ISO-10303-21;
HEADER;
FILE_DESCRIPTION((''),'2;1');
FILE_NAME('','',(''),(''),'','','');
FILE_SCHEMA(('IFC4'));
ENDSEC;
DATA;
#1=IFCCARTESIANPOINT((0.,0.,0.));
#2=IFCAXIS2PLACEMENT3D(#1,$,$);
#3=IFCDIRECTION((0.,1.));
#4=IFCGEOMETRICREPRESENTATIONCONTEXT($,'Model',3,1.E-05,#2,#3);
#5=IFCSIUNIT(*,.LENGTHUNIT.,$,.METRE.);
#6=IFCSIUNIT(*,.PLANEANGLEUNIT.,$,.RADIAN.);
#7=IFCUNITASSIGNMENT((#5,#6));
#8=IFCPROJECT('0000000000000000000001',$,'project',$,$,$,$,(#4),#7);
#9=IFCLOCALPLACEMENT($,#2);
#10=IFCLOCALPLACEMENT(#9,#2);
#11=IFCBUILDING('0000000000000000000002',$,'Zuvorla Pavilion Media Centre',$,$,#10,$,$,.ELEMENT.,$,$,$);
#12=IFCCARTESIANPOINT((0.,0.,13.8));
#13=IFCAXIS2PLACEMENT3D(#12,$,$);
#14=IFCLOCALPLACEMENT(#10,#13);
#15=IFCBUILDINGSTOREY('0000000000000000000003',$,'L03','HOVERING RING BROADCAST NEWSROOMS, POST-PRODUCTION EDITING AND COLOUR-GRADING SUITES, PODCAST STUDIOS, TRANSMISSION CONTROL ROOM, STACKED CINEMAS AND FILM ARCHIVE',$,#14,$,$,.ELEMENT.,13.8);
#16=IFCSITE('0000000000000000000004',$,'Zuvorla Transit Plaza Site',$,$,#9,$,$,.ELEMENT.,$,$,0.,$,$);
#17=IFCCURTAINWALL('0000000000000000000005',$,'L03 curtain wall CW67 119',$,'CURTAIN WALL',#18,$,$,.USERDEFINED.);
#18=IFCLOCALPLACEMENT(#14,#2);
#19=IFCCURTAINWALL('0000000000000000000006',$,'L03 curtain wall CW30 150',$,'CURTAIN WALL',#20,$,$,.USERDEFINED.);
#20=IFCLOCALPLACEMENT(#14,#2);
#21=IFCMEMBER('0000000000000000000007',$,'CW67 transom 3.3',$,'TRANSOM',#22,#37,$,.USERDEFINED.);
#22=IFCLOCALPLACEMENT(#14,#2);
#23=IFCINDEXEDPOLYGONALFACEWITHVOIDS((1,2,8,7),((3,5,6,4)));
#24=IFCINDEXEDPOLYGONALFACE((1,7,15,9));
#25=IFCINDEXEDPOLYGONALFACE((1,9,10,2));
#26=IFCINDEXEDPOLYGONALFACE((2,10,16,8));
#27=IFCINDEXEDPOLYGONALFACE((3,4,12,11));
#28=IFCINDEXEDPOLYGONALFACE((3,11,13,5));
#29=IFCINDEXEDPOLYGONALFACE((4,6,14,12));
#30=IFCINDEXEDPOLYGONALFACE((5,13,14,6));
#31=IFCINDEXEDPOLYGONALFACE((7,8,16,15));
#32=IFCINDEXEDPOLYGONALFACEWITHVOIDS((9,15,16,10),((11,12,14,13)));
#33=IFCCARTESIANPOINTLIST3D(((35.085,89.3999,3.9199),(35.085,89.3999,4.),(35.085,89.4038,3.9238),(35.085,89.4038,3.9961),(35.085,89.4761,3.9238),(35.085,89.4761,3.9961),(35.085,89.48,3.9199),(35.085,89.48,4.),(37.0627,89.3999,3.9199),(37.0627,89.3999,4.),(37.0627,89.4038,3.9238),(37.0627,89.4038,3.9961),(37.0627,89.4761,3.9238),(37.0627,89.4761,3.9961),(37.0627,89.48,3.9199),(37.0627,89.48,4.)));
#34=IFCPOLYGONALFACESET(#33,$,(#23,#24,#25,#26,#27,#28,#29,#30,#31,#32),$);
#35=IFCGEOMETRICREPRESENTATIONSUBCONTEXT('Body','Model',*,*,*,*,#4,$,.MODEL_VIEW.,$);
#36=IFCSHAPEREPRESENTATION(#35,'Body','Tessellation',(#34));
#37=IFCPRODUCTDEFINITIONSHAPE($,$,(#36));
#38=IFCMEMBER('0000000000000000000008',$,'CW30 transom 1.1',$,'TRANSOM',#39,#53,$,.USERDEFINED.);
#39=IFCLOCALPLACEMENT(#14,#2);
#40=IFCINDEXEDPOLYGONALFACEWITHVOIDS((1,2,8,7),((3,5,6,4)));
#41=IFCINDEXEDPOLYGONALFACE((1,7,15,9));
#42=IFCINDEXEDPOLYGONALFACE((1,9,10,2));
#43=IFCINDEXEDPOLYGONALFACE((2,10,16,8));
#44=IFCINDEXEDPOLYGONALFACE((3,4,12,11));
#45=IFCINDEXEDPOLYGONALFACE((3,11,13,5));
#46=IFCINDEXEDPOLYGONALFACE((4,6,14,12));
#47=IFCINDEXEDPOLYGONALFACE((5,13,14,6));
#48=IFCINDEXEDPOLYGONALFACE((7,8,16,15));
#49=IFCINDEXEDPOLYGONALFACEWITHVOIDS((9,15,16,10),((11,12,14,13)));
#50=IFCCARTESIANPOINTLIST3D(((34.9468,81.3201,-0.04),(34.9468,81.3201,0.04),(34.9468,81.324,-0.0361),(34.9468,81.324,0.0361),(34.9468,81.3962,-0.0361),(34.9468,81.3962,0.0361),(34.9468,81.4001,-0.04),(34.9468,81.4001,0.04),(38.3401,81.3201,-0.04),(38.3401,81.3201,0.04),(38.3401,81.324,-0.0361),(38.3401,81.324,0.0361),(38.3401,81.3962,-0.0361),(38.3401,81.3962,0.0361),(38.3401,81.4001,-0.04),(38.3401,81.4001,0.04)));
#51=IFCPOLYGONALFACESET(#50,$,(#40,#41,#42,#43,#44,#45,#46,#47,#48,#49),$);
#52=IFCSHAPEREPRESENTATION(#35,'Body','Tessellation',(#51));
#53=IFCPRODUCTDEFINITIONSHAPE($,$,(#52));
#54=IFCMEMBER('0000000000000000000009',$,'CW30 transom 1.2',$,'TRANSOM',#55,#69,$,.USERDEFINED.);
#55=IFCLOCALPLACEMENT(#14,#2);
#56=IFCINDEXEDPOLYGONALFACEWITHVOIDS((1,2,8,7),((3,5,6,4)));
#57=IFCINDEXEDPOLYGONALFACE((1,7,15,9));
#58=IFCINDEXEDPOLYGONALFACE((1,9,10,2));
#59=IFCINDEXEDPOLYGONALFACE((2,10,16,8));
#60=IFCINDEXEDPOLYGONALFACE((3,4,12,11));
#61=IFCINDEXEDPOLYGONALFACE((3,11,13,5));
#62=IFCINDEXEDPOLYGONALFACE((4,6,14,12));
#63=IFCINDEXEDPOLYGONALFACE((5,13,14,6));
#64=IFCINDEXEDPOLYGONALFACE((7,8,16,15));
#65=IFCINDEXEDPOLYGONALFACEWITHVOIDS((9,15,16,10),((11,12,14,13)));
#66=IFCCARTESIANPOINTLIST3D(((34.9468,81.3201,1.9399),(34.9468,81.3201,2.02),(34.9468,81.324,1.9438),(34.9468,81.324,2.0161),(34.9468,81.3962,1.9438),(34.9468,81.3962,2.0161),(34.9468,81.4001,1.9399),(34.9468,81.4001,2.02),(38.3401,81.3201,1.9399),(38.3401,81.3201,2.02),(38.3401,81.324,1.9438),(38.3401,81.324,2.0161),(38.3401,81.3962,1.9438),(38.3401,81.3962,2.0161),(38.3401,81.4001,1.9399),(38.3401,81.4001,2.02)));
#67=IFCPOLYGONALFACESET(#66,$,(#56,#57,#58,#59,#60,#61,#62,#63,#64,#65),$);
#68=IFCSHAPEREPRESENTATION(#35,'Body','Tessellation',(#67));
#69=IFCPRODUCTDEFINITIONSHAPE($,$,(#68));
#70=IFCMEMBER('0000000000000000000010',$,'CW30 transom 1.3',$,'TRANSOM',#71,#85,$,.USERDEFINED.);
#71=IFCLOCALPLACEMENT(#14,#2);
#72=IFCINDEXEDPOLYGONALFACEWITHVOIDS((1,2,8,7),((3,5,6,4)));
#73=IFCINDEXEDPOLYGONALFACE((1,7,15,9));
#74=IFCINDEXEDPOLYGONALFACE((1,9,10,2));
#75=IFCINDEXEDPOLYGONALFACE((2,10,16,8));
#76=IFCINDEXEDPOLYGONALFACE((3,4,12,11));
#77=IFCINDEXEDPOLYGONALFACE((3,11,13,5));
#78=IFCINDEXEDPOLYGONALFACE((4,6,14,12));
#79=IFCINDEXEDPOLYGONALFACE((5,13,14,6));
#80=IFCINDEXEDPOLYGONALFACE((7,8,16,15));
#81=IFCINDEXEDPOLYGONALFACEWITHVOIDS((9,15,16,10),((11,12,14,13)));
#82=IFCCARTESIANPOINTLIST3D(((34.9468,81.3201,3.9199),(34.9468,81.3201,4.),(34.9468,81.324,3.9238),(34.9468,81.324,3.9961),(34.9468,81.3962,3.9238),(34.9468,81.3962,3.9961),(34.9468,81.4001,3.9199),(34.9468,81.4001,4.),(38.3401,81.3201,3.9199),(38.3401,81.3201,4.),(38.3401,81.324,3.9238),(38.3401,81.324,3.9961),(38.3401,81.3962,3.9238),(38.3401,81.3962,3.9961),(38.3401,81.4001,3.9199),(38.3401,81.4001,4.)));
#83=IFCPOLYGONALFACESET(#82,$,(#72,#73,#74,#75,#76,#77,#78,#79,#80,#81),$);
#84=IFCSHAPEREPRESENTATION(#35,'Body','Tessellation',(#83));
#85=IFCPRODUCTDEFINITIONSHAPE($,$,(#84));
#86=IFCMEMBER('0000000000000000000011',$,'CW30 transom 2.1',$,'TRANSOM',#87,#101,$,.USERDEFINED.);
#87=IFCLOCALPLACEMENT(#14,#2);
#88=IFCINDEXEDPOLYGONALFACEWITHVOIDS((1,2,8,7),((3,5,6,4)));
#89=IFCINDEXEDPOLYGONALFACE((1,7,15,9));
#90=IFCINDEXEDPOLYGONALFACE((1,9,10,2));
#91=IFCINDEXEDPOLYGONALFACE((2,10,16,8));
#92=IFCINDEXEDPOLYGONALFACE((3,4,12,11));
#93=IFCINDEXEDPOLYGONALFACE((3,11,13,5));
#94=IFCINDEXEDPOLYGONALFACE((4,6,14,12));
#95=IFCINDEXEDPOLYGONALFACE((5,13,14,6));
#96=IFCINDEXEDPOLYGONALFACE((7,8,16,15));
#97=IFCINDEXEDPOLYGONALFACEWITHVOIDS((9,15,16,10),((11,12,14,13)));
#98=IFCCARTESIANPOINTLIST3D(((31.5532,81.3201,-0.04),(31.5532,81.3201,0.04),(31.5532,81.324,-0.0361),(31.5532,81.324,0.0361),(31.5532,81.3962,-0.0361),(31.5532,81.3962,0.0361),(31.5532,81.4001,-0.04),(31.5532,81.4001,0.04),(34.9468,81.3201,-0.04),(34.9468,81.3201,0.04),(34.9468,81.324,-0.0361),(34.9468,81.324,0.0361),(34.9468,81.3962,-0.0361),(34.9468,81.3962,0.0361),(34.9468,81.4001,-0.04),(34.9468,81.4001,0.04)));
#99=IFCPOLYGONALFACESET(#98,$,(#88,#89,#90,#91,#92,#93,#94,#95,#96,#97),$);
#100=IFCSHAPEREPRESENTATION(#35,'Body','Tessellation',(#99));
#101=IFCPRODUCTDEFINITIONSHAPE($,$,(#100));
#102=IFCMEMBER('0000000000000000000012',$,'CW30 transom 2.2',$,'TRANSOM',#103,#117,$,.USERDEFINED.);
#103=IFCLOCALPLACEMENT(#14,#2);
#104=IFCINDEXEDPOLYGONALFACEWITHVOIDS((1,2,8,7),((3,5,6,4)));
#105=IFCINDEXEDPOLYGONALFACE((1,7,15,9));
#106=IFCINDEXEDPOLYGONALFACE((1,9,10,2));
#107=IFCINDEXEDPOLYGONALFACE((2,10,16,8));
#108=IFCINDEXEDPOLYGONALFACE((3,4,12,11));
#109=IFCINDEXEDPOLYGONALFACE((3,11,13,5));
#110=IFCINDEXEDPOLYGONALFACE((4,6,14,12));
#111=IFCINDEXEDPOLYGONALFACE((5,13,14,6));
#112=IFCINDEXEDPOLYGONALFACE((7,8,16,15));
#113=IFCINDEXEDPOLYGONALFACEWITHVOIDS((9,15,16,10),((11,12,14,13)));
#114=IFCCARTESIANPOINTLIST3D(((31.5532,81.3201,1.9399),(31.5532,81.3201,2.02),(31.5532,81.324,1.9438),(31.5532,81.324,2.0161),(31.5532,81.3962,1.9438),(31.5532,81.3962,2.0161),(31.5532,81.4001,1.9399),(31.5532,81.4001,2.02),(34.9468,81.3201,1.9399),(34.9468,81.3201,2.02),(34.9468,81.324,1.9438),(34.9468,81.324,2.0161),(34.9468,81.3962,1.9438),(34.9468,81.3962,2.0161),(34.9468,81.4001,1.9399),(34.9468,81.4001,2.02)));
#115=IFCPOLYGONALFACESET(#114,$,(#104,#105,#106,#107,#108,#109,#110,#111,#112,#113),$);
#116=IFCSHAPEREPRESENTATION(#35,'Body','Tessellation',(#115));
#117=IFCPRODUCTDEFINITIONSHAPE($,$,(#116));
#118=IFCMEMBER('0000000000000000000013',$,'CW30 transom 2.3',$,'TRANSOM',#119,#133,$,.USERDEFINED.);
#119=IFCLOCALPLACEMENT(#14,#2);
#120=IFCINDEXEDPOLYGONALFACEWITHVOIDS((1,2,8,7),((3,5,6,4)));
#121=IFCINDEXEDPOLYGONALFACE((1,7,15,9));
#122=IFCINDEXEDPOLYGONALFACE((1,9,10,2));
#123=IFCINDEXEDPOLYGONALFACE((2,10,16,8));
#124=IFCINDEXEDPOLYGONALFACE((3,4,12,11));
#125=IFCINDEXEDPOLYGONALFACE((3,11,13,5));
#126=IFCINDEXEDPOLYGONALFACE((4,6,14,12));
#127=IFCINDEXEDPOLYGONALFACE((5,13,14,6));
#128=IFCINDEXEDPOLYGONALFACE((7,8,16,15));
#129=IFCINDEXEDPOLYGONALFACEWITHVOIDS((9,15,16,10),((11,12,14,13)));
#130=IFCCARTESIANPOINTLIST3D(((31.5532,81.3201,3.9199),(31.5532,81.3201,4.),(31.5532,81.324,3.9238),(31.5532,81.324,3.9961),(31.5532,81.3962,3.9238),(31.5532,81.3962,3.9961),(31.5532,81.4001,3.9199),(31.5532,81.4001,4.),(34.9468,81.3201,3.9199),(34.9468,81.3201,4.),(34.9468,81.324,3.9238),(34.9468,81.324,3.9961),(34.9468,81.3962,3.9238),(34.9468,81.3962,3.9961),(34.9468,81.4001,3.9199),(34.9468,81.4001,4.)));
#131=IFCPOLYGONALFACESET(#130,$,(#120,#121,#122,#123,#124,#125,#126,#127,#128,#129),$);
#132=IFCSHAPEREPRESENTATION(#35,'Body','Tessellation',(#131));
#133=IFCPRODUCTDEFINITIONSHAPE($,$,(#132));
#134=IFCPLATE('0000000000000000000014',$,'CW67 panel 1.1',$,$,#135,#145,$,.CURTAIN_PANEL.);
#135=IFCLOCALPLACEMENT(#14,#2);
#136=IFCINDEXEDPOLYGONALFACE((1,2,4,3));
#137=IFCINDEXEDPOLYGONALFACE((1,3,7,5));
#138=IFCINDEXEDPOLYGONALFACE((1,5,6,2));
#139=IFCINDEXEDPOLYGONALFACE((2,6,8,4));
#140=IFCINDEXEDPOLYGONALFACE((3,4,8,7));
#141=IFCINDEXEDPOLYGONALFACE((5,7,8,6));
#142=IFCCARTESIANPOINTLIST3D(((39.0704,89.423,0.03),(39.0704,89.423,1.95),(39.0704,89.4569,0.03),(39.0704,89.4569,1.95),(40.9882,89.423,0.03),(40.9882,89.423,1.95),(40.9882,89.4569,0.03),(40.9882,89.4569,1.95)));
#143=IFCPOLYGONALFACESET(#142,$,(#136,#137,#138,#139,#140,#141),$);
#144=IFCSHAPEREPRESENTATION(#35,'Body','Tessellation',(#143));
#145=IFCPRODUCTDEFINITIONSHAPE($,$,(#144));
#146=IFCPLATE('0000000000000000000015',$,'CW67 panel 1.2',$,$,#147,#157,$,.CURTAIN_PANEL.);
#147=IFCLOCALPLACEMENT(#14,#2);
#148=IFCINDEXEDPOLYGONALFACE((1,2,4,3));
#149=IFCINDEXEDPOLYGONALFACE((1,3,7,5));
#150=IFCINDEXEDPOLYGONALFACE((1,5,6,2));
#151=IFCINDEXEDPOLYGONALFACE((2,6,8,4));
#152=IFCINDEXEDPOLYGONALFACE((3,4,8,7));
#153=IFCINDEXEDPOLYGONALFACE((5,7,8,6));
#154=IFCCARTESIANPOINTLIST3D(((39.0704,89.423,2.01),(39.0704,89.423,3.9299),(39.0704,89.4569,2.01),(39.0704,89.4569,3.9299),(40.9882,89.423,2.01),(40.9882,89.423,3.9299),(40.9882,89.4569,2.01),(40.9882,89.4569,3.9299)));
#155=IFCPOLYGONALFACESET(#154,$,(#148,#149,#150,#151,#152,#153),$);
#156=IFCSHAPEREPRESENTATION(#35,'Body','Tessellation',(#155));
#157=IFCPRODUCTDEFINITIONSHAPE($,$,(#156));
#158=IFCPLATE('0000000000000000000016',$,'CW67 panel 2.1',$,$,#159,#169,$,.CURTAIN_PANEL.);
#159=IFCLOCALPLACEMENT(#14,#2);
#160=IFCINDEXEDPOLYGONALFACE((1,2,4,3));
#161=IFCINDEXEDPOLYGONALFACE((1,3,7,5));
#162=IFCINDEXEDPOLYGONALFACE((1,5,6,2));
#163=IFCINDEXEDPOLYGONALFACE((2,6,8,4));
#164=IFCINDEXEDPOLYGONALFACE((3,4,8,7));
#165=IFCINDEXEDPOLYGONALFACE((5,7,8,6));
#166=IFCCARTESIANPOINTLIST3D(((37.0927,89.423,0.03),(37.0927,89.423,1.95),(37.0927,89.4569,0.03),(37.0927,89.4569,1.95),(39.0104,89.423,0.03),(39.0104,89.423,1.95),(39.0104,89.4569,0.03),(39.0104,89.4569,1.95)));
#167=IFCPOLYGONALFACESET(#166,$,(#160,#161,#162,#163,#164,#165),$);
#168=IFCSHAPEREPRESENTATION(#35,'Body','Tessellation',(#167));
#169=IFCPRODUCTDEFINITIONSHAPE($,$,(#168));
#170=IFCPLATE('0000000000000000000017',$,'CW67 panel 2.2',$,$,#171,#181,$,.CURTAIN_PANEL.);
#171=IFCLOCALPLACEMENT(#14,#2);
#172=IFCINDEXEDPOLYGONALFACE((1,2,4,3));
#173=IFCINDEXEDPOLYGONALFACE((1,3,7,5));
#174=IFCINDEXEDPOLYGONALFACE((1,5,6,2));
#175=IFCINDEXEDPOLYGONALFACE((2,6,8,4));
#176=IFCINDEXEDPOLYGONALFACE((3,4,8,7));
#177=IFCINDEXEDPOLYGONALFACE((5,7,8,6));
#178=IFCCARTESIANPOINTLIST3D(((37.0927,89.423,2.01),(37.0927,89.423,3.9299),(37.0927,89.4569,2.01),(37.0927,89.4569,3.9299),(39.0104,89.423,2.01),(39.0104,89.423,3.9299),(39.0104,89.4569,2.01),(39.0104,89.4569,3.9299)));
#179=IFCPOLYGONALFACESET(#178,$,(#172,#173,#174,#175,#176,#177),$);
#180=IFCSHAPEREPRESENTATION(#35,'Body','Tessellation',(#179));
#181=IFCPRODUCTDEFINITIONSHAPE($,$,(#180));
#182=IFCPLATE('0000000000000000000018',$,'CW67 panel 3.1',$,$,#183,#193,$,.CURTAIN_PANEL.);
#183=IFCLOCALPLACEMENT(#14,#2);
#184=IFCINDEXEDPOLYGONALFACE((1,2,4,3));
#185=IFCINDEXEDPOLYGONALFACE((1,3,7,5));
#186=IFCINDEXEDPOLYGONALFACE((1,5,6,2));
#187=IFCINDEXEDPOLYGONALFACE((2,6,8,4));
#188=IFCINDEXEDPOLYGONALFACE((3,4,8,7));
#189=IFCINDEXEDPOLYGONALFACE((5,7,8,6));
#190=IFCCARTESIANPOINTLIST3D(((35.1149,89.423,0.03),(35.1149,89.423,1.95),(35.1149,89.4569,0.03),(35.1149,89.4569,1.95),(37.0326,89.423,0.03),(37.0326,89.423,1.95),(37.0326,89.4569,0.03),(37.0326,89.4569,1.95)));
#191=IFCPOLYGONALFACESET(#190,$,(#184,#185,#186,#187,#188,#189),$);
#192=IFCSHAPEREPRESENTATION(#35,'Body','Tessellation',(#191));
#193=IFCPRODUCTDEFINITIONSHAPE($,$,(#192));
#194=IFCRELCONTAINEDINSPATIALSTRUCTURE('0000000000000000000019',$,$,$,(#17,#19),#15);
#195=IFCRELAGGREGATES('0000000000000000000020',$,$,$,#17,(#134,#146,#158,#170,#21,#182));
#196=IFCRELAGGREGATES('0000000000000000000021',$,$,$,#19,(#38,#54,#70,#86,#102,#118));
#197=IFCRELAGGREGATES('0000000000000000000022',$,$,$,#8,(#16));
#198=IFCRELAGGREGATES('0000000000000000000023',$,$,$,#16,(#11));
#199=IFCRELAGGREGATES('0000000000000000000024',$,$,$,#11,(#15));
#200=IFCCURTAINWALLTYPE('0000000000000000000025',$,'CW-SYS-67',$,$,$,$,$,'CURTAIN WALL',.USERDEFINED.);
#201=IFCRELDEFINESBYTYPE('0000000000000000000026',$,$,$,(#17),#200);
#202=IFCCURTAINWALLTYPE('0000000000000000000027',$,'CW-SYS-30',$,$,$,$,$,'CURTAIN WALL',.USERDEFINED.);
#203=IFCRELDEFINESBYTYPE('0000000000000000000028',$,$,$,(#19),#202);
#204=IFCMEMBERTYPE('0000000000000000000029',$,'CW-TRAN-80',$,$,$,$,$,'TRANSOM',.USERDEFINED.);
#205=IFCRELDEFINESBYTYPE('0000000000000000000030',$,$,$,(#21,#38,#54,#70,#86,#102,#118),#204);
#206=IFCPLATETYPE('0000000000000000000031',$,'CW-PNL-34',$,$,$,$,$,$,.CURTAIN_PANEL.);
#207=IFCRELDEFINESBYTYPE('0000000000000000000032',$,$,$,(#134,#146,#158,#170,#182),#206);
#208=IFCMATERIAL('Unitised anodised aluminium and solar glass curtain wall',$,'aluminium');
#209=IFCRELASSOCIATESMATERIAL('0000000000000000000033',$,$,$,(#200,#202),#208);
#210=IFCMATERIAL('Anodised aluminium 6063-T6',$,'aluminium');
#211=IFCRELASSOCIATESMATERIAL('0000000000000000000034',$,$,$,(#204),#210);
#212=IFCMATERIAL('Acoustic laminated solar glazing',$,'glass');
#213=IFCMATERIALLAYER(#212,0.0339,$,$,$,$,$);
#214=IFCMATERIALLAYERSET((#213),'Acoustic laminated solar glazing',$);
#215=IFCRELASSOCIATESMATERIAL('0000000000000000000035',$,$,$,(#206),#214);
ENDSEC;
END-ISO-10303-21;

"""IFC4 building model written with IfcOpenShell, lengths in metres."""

from ifc_helpers import new_model, si_unit, direction, frame, origin, origin_2d, place, context, subcontext, project, spatial, rectangle, hollow_rectangle, extrude, material, layer, layer_set, material_profile, profile_set, type_object, element, aggregate, save


model = new_model("IFC4")

# Units and contexts
model_context = context("Model", 3, precision=1e-05, world=origin(), true_north=direction((0.0, 1.0)))
body_context = subcontext(model_context, "Body", "Model", "MODEL_VIEW")
ifc_project = project(units=[si_unit("LENGTHUNIT", "METRE"), si_unit("PLANEANGLEUNIT", "RADIAN")], contexts=[model_context])

# Site, building, storey
site_placement = place(None, origin())
site = spatial("IfcSite", under=ifc_project, at=site_placement, Name="Zuvorla Transit Plaza Site", CompositionType="ELEMENT", RefElevation=0.0)
building_placement = place(site_placement, origin())
building = spatial("IfcBuilding", under=site, at=building_placement, Name="Zuvorla Pavilion Media Centre", CompositionType="ELEMENT")
storey_placement = place(building_placement, frame((0.0, 0.0, 13.8)))
storey = spatial("IfcBuildingStorey", under=building, at=storey_placement, Name="L03", Description="HOVERING RING BROADCAST NEWSROOMS, POST-PRODUCTION EDITING AND COLOUR-GRADING SUITES, PODCAST STUDIOS, TRANSMISSION CONTROL ROOM, STACKED CINEMAS AND FILM ARCHIVE", CompositionType="ELEMENT", Elevation=13.8)

# Curtain walls
ifc_material_1 = material(Name="Unitised anodised aluminium and solar glass curtain wall", Category="aluminium")
curtain_wall_type_1 = type_object("IfcCurtainWallType", Name="CW-SYS-67", ElementType="CURTAIN WALL", PredefinedType="USERDEFINED", material=ifc_material_1)
curtain_wall_1_placement = place(storey_placement, origin())
curtain_wall_1 = element("IfcCurtainWall", 1, at=curtain_wall_1_placement, inside=storey, type_object=curtain_wall_type_1, Name="L03 curtain wall CW67 119", ObjectType="CURTAIN WALL", PredefinedType="USERDEFINED")
ifc_material_2 = material(Name="Anodised aluminium 6063-T6", Category="aluminium")
curtain_wall_type_2 = type_object("IfcCurtainWallType", Name="CW-SYS-30", ElementType="CURTAIN WALL", PredefinedType="USERDEFINED", material=ifc_material_1)
curtain_wall_2_placement = place(storey_placement, origin())
curtain_wall_2 = element("IfcCurtainWall", 2, at=curtain_wall_2_placement, inside=storey, type_object=curtain_wall_type_2, Name="L03 curtain wall CW30 150", ObjectType="CURTAIN WALL", PredefinedType="USERDEFINED")

# Members
ifc_material_profile_1 = material_profile(ifc_material_2, hollow_rectangle(XDim=0.0801, YDim=0.0801, WallThickness=0.0039, at=origin_2d()), Name="ALU TRAN 80x80")
ifc_profile_set_1 = profile_set([ifc_material_profile_1], Name="Anodised aluminium 6063-T6")
member_type_1 = type_object("IfcMemberType", Name="CW-TRAN-80", ElementType="TRANSOM", PredefinedType="USERDEFINED", material=ifc_profile_set_1)
member_1_placement = place(storey_placement, frame((37.0627, 89.4399, 3.96), z_axis=(-1.0, 0.0, 0.0), x_axis=(0.0, -1.0, 0.0)))
member_1 = element("IfcMember", 3, at=member_1_placement, type_object=member_type_1, Name="CW67 transom 3.3", ObjectType="TRANSOM", PredefinedType="USERDEFINED", context=body_context, shape_type="SweptSolid", body=[
    extrude(hollow_rectangle(XDim=0.0801, YDim=0.0801, WallThickness=0.0039, at=origin_2d()), origin(), (0.0, 0.0, 1.0), 1.9778),
])
member_2_placement = place(storey_placement, frame((38.3401, 81.3601, 0.0), z_axis=(-1.0, 0.0, 0.0), x_axis=(0.0, -1.0, 0.0)))
member_2 = element("IfcMember", 4, at=member_2_placement, type_object=member_type_1, Name="CW30 transom 1.1", ObjectType="TRANSOM", PredefinedType="USERDEFINED", context=body_context, shape_type="SweptSolid", body=[
    extrude(hollow_rectangle(XDim=0.0801, YDim=0.0801, WallThickness=0.0039, at=origin_2d()), origin(), (0.0, 0.0, 1.0), 3.3933),
])
member_3_placement = place(storey_placement, frame((38.3401, 81.3601, 1.98), z_axis=(-1.0, 0.0, 0.0), x_axis=(0.0, -1.0, 0.0)))
member_3 = element("IfcMember", 5, at=member_3_placement, type_object=member_type_1, Name="CW30 transom 1.2", ObjectType="TRANSOM", PredefinedType="USERDEFINED", context=body_context, shape_type="SweptSolid", body=[
    extrude(hollow_rectangle(XDim=0.0801, YDim=0.0801, WallThickness=0.0039, at=origin_2d()), origin(), (0.0, 0.0, 1.0), 3.3933),
])
member_4_placement = place(storey_placement, frame((38.3401, 81.3601, 3.96), z_axis=(-1.0, 0.0, 0.0), x_axis=(0.0, -1.0, 0.0)))
member_4 = element("IfcMember", 6, at=member_4_placement, type_object=member_type_1, Name="CW30 transom 1.3", ObjectType="TRANSOM", PredefinedType="USERDEFINED", context=body_context, shape_type="SweptSolid", body=[
    extrude(hollow_rectangle(XDim=0.0801, YDim=0.0801, WallThickness=0.0039, at=origin_2d()), origin(), (0.0, 0.0, 1.0), 3.3933),
])
member_5_placement = place(storey_placement, frame((34.9468, 81.3601, 0.0), z_axis=(-1.0, 0.0, 0.0), x_axis=(0.0, -1.0, 0.0)))
member_5 = element("IfcMember", 7, at=member_5_placement, type_object=member_type_1, Name="CW30 transom 2.1", ObjectType="TRANSOM", PredefinedType="USERDEFINED", context=body_context, shape_type="SweptSolid", body=[
    extrude(hollow_rectangle(XDim=0.0801, YDim=0.0801, WallThickness=0.0039, at=origin_2d()), origin(), (0.0, 0.0, 1.0), 3.3936),
])
member_6_placement = place(storey_placement, frame((34.9468, 81.3601, 1.98), z_axis=(-1.0, 0.0, 0.0), x_axis=(0.0, -1.0, 0.0)))
member_6 = element("IfcMember", 8, at=member_6_placement, type_object=member_type_1, Name="CW30 transom 2.2", ObjectType="TRANSOM", PredefinedType="USERDEFINED", context=body_context, shape_type="SweptSolid", body=[
    extrude(hollow_rectangle(XDim=0.0801, YDim=0.0801, WallThickness=0.0039, at=origin_2d()), origin(), (0.0, 0.0, 1.0), 3.3936),
])
member_7_placement = place(storey_placement, frame((34.9468, 81.3601, 3.96), z_axis=(-1.0, 0.0, 0.0), x_axis=(0.0, -1.0, 0.0)))
member_7 = element("IfcMember", 9, at=member_7_placement, type_object=member_type_1, Name="CW30 transom 2.3", ObjectType="TRANSOM", PredefinedType="USERDEFINED", context=body_context, shape_type="SweptSolid", body=[
    extrude(hollow_rectangle(XDim=0.0801, YDim=0.0801, WallThickness=0.0039, at=origin_2d()), origin(), (0.0, 0.0, 1.0), 3.3936),
])

# Plates
ifc_material_3 = material(Name="Acoustic laminated solar glazing", Category="glass")
ifc_layer_1 = layer(ifc_material_3, 0.0339)
ifc_layer_set_1 = layer_set([ifc_layer_1], Name="Acoustic laminated solar glazing")
plate_type_1 = type_object("IfcPlateType", Name="CW-PNL-34", PredefinedType="CURTAIN_PANEL", material=ifc_layer_set_1)
plate_1_placement = place(storey_placement, frame((40.0293, 89.4399, 0.03), z_axis=(0.0, 0.0, 1.0), x_axis=(-1.0, 0.0, 0.0)))
plate_1 = element("IfcPlate", 10, at=plate_1_placement, type_object=plate_type_1, Name="CW67 panel 1.1", PredefinedType="CURTAIN_PANEL", context=body_context, shape_type="SweptSolid", body=[
    extrude(rectangle(XDim=1.9177, YDim=0.0339, at=origin_2d()), origin(), (0.0, 0.0, 1.0), 1.9199),
])
plate_2_placement = place(storey_placement, frame((40.0293, 89.4399, 2.01), z_axis=(0.0, 0.0, 1.0), x_axis=(-1.0, 0.0, 0.0)))
plate_2 = element("IfcPlate", 11, at=plate_2_placement, type_object=plate_type_1, Name="CW67 panel 1.2", PredefinedType="CURTAIN_PANEL", context=body_context, shape_type="SweptSolid", body=[
    extrude(rectangle(XDim=1.9177, YDim=0.0339, at=origin_2d()), origin(), (0.0, 0.0, 1.0), 1.9199),
])
plate_3_placement = place(storey_placement, frame((38.0515, 89.4399, 0.03), z_axis=(0.0, 0.0, 1.0), x_axis=(-1.0, 0.0, 0.0)))
plate_3 = element("IfcPlate", 12, at=plate_3_placement, type_object=plate_type_1, Name="CW67 panel 2.1", PredefinedType="CURTAIN_PANEL", context=body_context, shape_type="SweptSolid", body=[
    extrude(rectangle(XDim=1.9177, YDim=0.0339, at=origin_2d()), origin(), (0.0, 0.0, 1.0), 1.9199),
])
plate_4_placement = place(storey_placement, frame((38.0515, 89.4399, 2.01), z_axis=(0.0, 0.0, 1.0), x_axis=(-1.0, 0.0, 0.0)))
plate_4 = element("IfcPlate", 13, at=plate_4_placement, type_object=plate_type_1, Name="CW67 panel 2.2", PredefinedType="CURTAIN_PANEL", context=body_context, shape_type="SweptSolid", body=[
    extrude(rectangle(XDim=1.9177, YDim=0.0339, at=origin_2d()), origin(), (0.0, 0.0, 1.0), 1.9199),
])
plate_5_placement = place(storey_placement, frame((36.0737, 89.4399, 0.03), z_axis=(0.0, 0.0, 1.0), x_axis=(-1.0, 0.0, 0.0)))
plate_5 = element("IfcPlate", 14, at=plate_5_placement, type_object=plate_type_1, Name="CW67 panel 3.1", PredefinedType="CURTAIN_PANEL", context=body_context, shape_type="SweptSolid", body=[
    extrude(rectangle(XDim=1.9177, YDim=0.0339, at=origin_2d()), origin(), (0.0, 0.0, 1.0), 1.9199),
])
aggregate(curtain_wall_1, [plate_1, plate_2, plate_3, plate_4, member_1, plate_5])
aggregate(curtain_wall_2, [member_2, member_3, member_4, member_5, member_6, member_7])

save(model, "model.ifc")
